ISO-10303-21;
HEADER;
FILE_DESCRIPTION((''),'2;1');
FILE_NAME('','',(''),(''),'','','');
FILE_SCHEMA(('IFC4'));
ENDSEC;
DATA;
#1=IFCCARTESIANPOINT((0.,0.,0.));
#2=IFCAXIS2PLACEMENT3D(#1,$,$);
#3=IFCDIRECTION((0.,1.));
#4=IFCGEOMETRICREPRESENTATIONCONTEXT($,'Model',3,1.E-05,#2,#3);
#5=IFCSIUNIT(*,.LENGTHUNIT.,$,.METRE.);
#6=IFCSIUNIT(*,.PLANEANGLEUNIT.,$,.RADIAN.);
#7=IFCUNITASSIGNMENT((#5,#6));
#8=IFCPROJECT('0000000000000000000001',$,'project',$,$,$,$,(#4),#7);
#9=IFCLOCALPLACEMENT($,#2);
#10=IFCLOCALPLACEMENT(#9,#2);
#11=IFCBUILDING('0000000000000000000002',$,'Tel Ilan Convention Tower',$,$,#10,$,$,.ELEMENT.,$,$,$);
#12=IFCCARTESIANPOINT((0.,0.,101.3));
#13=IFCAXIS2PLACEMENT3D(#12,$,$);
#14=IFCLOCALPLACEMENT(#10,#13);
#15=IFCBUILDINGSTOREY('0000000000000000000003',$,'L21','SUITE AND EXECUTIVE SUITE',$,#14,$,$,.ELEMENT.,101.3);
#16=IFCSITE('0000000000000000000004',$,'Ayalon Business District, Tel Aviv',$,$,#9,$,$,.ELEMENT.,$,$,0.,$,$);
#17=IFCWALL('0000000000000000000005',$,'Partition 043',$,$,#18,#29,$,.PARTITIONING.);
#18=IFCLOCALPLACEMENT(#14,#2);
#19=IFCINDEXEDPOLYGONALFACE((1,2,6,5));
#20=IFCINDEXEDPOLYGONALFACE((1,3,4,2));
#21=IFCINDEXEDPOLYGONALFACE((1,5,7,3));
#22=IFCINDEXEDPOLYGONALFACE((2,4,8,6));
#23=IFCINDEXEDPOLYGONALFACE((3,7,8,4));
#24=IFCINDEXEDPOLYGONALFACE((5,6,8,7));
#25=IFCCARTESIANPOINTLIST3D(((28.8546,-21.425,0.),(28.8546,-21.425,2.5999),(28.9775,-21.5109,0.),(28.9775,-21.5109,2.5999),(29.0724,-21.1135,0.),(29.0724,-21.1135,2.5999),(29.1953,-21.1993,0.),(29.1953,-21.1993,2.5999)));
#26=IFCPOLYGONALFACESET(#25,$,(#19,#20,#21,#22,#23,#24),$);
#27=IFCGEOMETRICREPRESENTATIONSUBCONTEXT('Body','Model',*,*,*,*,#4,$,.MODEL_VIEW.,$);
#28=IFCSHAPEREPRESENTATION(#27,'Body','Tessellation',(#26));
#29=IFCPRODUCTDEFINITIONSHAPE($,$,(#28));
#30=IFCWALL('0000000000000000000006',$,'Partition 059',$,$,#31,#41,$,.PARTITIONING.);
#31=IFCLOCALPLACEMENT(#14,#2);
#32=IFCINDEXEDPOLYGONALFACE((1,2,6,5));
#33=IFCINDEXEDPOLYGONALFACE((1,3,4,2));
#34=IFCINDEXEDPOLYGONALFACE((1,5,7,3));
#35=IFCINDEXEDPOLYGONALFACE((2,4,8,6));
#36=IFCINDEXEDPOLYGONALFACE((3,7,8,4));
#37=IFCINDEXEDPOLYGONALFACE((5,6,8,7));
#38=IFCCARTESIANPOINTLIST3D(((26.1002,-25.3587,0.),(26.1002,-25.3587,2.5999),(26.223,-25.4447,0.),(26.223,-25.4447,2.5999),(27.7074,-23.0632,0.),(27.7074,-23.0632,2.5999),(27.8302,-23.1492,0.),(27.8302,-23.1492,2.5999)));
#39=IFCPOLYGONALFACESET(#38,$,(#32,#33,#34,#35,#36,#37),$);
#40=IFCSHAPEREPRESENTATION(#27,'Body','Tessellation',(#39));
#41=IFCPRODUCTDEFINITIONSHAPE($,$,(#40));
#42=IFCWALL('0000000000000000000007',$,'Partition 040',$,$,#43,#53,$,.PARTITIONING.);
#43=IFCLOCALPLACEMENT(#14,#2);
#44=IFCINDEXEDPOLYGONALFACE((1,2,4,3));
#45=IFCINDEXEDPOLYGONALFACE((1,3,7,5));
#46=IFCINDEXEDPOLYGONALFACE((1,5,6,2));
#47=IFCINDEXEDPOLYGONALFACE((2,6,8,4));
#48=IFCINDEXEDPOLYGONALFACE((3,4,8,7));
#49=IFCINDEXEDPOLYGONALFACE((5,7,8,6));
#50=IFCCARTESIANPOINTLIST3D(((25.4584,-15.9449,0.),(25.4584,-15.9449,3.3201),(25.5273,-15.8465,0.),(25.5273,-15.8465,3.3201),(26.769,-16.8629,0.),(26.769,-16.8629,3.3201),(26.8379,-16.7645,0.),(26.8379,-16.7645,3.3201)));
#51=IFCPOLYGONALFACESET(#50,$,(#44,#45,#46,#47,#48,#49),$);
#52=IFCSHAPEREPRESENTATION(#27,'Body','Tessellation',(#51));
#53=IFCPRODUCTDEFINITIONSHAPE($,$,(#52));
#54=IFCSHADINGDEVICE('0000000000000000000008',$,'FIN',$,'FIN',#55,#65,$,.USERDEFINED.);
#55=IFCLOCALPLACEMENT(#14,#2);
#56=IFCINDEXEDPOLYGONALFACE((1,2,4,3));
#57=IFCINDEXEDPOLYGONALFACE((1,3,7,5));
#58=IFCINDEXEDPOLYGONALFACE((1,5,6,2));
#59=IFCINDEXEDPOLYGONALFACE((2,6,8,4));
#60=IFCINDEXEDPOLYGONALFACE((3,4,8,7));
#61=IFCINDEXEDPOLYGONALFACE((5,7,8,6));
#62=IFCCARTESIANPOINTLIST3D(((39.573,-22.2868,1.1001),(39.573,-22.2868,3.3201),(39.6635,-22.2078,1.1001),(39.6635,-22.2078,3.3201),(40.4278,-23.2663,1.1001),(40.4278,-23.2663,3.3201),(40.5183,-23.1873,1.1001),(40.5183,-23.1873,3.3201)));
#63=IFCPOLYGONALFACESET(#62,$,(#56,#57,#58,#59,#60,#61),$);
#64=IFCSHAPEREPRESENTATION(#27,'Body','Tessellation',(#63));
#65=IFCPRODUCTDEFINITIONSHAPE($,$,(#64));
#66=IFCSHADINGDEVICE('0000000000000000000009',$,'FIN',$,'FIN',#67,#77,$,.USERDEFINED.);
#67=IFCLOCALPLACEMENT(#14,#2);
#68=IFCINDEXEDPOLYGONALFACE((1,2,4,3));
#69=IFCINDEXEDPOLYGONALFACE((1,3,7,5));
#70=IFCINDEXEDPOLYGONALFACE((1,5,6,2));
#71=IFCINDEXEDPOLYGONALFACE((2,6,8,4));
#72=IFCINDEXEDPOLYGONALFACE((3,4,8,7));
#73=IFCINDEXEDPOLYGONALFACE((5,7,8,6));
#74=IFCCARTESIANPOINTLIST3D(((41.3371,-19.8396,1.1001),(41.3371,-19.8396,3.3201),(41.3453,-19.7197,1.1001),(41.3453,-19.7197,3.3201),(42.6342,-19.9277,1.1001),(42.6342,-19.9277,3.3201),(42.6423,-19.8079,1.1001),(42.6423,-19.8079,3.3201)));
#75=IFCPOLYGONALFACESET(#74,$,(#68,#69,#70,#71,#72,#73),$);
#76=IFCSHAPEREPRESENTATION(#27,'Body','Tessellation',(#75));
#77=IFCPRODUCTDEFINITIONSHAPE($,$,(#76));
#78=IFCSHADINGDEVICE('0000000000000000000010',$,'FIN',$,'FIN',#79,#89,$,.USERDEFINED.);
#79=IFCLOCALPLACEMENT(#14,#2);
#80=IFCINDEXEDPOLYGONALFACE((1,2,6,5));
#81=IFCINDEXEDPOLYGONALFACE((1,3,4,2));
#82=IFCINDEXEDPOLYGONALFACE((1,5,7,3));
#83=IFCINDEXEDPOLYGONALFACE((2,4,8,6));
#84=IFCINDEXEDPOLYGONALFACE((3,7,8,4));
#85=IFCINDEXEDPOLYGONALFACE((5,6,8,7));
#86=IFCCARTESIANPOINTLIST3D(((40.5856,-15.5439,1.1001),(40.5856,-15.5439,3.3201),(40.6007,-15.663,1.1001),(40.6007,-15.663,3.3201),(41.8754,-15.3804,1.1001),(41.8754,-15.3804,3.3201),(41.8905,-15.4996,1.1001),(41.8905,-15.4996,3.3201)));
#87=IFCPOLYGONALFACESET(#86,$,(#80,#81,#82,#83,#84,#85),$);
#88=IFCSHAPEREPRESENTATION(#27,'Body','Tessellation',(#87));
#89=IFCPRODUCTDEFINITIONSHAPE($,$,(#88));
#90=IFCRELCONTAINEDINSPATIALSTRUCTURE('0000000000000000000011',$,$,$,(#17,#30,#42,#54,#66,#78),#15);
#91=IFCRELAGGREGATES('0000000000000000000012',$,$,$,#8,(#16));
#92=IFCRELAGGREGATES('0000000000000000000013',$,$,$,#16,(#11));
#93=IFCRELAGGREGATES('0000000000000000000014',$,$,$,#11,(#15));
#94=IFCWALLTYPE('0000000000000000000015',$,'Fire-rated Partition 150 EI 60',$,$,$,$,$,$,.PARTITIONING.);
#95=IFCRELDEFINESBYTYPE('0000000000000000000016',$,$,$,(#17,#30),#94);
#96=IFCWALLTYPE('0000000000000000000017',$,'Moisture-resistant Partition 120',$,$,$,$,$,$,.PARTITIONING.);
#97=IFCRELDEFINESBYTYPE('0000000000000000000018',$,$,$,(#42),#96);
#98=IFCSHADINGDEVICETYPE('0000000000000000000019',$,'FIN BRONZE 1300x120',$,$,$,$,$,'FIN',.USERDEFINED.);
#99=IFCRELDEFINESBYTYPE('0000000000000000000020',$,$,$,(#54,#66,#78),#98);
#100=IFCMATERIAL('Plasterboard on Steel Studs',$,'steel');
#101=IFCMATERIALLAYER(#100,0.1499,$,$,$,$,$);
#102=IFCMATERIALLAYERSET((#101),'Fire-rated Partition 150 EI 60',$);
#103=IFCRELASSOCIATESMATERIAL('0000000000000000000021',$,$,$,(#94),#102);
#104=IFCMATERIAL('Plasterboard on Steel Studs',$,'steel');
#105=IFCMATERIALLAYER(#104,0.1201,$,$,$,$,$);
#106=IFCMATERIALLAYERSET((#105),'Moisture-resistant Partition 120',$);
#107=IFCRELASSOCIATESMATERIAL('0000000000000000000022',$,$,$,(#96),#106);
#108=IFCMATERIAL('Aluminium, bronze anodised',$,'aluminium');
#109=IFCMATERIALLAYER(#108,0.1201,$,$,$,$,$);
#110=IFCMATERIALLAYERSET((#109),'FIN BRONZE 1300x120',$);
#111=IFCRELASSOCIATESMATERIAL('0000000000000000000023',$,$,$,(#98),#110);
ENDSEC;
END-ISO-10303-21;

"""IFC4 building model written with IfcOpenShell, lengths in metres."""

from ifc_helpers import new_model, si_unit, direction, frame, frame_2d, origin, origin_2d, place, context, subcontext, project, spatial, rectangle, extrude, material, layer, layer_set, type_object, element, save


model = new_model("IFC4")

# Units and contexts
model_context = context("Model", 3, precision=1e-05, world=origin(), true_north=direction((0.0, 1.0)))
body_context = subcontext(model_context, "Body", "Model", "MODEL_VIEW")
ifc_project = project(units=[si_unit("LENGTHUNIT", "METRE"), si_unit("PLANEANGLEUNIT", "RADIAN")], contexts=[model_context])

# Site, building, storey
site_placement = place(None, origin())
site = spatial("IfcSite", under=ifc_project, at=site_placement, Name="Ayalon Business District, Tel Aviv", CompositionType="ELEMENT", RefElevation=0.0)
building_placement = place(site_placement, origin())
building = spatial("IfcBuilding", under=site, at=building_placement, Name="Tel Ilan Convention Tower", CompositionType="ELEMENT")
storey_placement = place(building_placement, frame((0.0, 0.0, 101.3)))
storey = spatial("IfcBuildingStorey", under=building, at=storey_placement, Name="L21", Description="SUITE AND EXECUTIVE SUITE", CompositionType="ELEMENT", Elevation=101.3)

# Shared definitions
ifc_material_1 = material(Name="Plasterboard on Steel Studs", Category="steel")
ifc_layer_1 = layer(ifc_material_1, 0.1499)
ifc_layer_set_1 = layer_set([ifc_layer_1], Name="Fire-rated Partition 150 EI 60")
wall_type_1 = type_object("IfcWallType", Name="Fire-rated Partition 150 EI 60", PredefinedType="PARTITIONING", material=ifc_layer_set_1)

# Walls
wall_1_placement = place(storey_placement, frame((29.1338, -21.1565, 0.0), z_axis=(0.0, 0.0, 1.0), x_axis=(-0.572945, -0.819594, 0.0)))
element("IfcWall", 1, at=wall_1_placement, inside=storey, type_object=wall_type_1, Name="Partition 043", PredefinedType="PARTITIONING", context=body_context, shape_type="SweptSolid", body=[
    extrude(rectangle(XDim=0.3801, YDim=0.1499, at=frame_2d((0.1899, 0.0))), origin(), (0.0, 0.0, 1.0), 2.5999),
])
wall_2_placement = place(storey_placement, frame((27.7688, -23.1062, 0.0), z_axis=(0.0, 0.0, 1.0), x_axis=(-0.573556, -0.819166, 0.0)))
element("IfcWall", 2, at=wall_2_placement, inside=storey, type_object=wall_type_1, Name="Partition 059", PredefinedType="PARTITIONING", context=body_context, shape_type="SweptSolid", body=[
    extrude(rectangle(XDim=2.8022, YDim=0.1499, at=frame_2d((1.4011, 0.0))), origin(), (0.0, 0.0, 1.0), 2.5999),
])
ifc_material_2 = material(Name="Plasterboard on Steel Studs", Category="steel")
ifc_layer_2 = layer(ifc_material_2, 0.1201)
ifc_layer_set_2 = layer_set([ifc_layer_2], Name="Moisture-resistant Partition 120")
wall_type_2 = type_object("IfcWallType", Name="Moisture-resistant Partition 120", PredefinedType="PARTITIONING", material=ifc_layer_set_2)
wall_3_placement = place(storey_placement, frame((26.8035, -16.8137, 0.0), z_axis=(0.0, 0.0, 1.0), x_axis=(-0.81906, 0.573708, 0.0)))
element("IfcWall", 3, at=wall_3_placement, inside=storey, type_object=wall_type_2, Name="Partition 040", PredefinedType="PARTITIONING", context=body_context, shape_type="SweptSolid", body=[
    extrude(rectangle(XDim=1.6001, YDim=0.1201, at=frame_2d((0.8, 0.0))), origin(), (0.0, 0.0, 1.0), 3.3201),
])

# Shading devices
ifc_material_3 = material(Name="Aluminium, bronze anodised", Category="aluminium")
ifc_layer_3 = layer(ifc_material_3, 0.1201)
ifc_layer_set_3 = layer_set([ifc_layer_3], Name="FIN BRONZE 1300x120")
shading_device_type = type_object("IfcShadingDeviceType", Name="FIN BRONZE 1300x120", ElementType="FIN", PredefinedType="USERDEFINED", material=ifc_layer_set_3)
for number, where, z_axis, x_axis, name in (
    (4, (40.0457, -22.7371, 1.1001), (0.0, 0.0, 1.0), (0.657521, -0.753436, 0.0), "FIN"),
    (5, (41.9897, -19.8237, 1.1001), (0.0, 0.0, 1.0), (0.997697, -0.067822, 0.0), "FIN"),
    (6, (41.238, -15.5217, 1.1001), (0.0, 0.0, 1.0), (0.992066, 0.125718, 0.0), "FIN"),
):
    element("IfcShadingDevice", number, at=place(storey_placement, frame(where, z_axis=z_axis, x_axis=x_axis)), inside=storey, type_object=shading_device_type, Name=name, ObjectType="FIN", PredefinedType="USERDEFINED", context=body_context, shape_type="SweptSolid", body=[
        extrude(rectangle(XDim=1.3, YDim=0.1201, at=origin_2d()), origin(), (0.0, 0.0, 1.0), 2.22),
    ])

save(model, "model.ifc")
